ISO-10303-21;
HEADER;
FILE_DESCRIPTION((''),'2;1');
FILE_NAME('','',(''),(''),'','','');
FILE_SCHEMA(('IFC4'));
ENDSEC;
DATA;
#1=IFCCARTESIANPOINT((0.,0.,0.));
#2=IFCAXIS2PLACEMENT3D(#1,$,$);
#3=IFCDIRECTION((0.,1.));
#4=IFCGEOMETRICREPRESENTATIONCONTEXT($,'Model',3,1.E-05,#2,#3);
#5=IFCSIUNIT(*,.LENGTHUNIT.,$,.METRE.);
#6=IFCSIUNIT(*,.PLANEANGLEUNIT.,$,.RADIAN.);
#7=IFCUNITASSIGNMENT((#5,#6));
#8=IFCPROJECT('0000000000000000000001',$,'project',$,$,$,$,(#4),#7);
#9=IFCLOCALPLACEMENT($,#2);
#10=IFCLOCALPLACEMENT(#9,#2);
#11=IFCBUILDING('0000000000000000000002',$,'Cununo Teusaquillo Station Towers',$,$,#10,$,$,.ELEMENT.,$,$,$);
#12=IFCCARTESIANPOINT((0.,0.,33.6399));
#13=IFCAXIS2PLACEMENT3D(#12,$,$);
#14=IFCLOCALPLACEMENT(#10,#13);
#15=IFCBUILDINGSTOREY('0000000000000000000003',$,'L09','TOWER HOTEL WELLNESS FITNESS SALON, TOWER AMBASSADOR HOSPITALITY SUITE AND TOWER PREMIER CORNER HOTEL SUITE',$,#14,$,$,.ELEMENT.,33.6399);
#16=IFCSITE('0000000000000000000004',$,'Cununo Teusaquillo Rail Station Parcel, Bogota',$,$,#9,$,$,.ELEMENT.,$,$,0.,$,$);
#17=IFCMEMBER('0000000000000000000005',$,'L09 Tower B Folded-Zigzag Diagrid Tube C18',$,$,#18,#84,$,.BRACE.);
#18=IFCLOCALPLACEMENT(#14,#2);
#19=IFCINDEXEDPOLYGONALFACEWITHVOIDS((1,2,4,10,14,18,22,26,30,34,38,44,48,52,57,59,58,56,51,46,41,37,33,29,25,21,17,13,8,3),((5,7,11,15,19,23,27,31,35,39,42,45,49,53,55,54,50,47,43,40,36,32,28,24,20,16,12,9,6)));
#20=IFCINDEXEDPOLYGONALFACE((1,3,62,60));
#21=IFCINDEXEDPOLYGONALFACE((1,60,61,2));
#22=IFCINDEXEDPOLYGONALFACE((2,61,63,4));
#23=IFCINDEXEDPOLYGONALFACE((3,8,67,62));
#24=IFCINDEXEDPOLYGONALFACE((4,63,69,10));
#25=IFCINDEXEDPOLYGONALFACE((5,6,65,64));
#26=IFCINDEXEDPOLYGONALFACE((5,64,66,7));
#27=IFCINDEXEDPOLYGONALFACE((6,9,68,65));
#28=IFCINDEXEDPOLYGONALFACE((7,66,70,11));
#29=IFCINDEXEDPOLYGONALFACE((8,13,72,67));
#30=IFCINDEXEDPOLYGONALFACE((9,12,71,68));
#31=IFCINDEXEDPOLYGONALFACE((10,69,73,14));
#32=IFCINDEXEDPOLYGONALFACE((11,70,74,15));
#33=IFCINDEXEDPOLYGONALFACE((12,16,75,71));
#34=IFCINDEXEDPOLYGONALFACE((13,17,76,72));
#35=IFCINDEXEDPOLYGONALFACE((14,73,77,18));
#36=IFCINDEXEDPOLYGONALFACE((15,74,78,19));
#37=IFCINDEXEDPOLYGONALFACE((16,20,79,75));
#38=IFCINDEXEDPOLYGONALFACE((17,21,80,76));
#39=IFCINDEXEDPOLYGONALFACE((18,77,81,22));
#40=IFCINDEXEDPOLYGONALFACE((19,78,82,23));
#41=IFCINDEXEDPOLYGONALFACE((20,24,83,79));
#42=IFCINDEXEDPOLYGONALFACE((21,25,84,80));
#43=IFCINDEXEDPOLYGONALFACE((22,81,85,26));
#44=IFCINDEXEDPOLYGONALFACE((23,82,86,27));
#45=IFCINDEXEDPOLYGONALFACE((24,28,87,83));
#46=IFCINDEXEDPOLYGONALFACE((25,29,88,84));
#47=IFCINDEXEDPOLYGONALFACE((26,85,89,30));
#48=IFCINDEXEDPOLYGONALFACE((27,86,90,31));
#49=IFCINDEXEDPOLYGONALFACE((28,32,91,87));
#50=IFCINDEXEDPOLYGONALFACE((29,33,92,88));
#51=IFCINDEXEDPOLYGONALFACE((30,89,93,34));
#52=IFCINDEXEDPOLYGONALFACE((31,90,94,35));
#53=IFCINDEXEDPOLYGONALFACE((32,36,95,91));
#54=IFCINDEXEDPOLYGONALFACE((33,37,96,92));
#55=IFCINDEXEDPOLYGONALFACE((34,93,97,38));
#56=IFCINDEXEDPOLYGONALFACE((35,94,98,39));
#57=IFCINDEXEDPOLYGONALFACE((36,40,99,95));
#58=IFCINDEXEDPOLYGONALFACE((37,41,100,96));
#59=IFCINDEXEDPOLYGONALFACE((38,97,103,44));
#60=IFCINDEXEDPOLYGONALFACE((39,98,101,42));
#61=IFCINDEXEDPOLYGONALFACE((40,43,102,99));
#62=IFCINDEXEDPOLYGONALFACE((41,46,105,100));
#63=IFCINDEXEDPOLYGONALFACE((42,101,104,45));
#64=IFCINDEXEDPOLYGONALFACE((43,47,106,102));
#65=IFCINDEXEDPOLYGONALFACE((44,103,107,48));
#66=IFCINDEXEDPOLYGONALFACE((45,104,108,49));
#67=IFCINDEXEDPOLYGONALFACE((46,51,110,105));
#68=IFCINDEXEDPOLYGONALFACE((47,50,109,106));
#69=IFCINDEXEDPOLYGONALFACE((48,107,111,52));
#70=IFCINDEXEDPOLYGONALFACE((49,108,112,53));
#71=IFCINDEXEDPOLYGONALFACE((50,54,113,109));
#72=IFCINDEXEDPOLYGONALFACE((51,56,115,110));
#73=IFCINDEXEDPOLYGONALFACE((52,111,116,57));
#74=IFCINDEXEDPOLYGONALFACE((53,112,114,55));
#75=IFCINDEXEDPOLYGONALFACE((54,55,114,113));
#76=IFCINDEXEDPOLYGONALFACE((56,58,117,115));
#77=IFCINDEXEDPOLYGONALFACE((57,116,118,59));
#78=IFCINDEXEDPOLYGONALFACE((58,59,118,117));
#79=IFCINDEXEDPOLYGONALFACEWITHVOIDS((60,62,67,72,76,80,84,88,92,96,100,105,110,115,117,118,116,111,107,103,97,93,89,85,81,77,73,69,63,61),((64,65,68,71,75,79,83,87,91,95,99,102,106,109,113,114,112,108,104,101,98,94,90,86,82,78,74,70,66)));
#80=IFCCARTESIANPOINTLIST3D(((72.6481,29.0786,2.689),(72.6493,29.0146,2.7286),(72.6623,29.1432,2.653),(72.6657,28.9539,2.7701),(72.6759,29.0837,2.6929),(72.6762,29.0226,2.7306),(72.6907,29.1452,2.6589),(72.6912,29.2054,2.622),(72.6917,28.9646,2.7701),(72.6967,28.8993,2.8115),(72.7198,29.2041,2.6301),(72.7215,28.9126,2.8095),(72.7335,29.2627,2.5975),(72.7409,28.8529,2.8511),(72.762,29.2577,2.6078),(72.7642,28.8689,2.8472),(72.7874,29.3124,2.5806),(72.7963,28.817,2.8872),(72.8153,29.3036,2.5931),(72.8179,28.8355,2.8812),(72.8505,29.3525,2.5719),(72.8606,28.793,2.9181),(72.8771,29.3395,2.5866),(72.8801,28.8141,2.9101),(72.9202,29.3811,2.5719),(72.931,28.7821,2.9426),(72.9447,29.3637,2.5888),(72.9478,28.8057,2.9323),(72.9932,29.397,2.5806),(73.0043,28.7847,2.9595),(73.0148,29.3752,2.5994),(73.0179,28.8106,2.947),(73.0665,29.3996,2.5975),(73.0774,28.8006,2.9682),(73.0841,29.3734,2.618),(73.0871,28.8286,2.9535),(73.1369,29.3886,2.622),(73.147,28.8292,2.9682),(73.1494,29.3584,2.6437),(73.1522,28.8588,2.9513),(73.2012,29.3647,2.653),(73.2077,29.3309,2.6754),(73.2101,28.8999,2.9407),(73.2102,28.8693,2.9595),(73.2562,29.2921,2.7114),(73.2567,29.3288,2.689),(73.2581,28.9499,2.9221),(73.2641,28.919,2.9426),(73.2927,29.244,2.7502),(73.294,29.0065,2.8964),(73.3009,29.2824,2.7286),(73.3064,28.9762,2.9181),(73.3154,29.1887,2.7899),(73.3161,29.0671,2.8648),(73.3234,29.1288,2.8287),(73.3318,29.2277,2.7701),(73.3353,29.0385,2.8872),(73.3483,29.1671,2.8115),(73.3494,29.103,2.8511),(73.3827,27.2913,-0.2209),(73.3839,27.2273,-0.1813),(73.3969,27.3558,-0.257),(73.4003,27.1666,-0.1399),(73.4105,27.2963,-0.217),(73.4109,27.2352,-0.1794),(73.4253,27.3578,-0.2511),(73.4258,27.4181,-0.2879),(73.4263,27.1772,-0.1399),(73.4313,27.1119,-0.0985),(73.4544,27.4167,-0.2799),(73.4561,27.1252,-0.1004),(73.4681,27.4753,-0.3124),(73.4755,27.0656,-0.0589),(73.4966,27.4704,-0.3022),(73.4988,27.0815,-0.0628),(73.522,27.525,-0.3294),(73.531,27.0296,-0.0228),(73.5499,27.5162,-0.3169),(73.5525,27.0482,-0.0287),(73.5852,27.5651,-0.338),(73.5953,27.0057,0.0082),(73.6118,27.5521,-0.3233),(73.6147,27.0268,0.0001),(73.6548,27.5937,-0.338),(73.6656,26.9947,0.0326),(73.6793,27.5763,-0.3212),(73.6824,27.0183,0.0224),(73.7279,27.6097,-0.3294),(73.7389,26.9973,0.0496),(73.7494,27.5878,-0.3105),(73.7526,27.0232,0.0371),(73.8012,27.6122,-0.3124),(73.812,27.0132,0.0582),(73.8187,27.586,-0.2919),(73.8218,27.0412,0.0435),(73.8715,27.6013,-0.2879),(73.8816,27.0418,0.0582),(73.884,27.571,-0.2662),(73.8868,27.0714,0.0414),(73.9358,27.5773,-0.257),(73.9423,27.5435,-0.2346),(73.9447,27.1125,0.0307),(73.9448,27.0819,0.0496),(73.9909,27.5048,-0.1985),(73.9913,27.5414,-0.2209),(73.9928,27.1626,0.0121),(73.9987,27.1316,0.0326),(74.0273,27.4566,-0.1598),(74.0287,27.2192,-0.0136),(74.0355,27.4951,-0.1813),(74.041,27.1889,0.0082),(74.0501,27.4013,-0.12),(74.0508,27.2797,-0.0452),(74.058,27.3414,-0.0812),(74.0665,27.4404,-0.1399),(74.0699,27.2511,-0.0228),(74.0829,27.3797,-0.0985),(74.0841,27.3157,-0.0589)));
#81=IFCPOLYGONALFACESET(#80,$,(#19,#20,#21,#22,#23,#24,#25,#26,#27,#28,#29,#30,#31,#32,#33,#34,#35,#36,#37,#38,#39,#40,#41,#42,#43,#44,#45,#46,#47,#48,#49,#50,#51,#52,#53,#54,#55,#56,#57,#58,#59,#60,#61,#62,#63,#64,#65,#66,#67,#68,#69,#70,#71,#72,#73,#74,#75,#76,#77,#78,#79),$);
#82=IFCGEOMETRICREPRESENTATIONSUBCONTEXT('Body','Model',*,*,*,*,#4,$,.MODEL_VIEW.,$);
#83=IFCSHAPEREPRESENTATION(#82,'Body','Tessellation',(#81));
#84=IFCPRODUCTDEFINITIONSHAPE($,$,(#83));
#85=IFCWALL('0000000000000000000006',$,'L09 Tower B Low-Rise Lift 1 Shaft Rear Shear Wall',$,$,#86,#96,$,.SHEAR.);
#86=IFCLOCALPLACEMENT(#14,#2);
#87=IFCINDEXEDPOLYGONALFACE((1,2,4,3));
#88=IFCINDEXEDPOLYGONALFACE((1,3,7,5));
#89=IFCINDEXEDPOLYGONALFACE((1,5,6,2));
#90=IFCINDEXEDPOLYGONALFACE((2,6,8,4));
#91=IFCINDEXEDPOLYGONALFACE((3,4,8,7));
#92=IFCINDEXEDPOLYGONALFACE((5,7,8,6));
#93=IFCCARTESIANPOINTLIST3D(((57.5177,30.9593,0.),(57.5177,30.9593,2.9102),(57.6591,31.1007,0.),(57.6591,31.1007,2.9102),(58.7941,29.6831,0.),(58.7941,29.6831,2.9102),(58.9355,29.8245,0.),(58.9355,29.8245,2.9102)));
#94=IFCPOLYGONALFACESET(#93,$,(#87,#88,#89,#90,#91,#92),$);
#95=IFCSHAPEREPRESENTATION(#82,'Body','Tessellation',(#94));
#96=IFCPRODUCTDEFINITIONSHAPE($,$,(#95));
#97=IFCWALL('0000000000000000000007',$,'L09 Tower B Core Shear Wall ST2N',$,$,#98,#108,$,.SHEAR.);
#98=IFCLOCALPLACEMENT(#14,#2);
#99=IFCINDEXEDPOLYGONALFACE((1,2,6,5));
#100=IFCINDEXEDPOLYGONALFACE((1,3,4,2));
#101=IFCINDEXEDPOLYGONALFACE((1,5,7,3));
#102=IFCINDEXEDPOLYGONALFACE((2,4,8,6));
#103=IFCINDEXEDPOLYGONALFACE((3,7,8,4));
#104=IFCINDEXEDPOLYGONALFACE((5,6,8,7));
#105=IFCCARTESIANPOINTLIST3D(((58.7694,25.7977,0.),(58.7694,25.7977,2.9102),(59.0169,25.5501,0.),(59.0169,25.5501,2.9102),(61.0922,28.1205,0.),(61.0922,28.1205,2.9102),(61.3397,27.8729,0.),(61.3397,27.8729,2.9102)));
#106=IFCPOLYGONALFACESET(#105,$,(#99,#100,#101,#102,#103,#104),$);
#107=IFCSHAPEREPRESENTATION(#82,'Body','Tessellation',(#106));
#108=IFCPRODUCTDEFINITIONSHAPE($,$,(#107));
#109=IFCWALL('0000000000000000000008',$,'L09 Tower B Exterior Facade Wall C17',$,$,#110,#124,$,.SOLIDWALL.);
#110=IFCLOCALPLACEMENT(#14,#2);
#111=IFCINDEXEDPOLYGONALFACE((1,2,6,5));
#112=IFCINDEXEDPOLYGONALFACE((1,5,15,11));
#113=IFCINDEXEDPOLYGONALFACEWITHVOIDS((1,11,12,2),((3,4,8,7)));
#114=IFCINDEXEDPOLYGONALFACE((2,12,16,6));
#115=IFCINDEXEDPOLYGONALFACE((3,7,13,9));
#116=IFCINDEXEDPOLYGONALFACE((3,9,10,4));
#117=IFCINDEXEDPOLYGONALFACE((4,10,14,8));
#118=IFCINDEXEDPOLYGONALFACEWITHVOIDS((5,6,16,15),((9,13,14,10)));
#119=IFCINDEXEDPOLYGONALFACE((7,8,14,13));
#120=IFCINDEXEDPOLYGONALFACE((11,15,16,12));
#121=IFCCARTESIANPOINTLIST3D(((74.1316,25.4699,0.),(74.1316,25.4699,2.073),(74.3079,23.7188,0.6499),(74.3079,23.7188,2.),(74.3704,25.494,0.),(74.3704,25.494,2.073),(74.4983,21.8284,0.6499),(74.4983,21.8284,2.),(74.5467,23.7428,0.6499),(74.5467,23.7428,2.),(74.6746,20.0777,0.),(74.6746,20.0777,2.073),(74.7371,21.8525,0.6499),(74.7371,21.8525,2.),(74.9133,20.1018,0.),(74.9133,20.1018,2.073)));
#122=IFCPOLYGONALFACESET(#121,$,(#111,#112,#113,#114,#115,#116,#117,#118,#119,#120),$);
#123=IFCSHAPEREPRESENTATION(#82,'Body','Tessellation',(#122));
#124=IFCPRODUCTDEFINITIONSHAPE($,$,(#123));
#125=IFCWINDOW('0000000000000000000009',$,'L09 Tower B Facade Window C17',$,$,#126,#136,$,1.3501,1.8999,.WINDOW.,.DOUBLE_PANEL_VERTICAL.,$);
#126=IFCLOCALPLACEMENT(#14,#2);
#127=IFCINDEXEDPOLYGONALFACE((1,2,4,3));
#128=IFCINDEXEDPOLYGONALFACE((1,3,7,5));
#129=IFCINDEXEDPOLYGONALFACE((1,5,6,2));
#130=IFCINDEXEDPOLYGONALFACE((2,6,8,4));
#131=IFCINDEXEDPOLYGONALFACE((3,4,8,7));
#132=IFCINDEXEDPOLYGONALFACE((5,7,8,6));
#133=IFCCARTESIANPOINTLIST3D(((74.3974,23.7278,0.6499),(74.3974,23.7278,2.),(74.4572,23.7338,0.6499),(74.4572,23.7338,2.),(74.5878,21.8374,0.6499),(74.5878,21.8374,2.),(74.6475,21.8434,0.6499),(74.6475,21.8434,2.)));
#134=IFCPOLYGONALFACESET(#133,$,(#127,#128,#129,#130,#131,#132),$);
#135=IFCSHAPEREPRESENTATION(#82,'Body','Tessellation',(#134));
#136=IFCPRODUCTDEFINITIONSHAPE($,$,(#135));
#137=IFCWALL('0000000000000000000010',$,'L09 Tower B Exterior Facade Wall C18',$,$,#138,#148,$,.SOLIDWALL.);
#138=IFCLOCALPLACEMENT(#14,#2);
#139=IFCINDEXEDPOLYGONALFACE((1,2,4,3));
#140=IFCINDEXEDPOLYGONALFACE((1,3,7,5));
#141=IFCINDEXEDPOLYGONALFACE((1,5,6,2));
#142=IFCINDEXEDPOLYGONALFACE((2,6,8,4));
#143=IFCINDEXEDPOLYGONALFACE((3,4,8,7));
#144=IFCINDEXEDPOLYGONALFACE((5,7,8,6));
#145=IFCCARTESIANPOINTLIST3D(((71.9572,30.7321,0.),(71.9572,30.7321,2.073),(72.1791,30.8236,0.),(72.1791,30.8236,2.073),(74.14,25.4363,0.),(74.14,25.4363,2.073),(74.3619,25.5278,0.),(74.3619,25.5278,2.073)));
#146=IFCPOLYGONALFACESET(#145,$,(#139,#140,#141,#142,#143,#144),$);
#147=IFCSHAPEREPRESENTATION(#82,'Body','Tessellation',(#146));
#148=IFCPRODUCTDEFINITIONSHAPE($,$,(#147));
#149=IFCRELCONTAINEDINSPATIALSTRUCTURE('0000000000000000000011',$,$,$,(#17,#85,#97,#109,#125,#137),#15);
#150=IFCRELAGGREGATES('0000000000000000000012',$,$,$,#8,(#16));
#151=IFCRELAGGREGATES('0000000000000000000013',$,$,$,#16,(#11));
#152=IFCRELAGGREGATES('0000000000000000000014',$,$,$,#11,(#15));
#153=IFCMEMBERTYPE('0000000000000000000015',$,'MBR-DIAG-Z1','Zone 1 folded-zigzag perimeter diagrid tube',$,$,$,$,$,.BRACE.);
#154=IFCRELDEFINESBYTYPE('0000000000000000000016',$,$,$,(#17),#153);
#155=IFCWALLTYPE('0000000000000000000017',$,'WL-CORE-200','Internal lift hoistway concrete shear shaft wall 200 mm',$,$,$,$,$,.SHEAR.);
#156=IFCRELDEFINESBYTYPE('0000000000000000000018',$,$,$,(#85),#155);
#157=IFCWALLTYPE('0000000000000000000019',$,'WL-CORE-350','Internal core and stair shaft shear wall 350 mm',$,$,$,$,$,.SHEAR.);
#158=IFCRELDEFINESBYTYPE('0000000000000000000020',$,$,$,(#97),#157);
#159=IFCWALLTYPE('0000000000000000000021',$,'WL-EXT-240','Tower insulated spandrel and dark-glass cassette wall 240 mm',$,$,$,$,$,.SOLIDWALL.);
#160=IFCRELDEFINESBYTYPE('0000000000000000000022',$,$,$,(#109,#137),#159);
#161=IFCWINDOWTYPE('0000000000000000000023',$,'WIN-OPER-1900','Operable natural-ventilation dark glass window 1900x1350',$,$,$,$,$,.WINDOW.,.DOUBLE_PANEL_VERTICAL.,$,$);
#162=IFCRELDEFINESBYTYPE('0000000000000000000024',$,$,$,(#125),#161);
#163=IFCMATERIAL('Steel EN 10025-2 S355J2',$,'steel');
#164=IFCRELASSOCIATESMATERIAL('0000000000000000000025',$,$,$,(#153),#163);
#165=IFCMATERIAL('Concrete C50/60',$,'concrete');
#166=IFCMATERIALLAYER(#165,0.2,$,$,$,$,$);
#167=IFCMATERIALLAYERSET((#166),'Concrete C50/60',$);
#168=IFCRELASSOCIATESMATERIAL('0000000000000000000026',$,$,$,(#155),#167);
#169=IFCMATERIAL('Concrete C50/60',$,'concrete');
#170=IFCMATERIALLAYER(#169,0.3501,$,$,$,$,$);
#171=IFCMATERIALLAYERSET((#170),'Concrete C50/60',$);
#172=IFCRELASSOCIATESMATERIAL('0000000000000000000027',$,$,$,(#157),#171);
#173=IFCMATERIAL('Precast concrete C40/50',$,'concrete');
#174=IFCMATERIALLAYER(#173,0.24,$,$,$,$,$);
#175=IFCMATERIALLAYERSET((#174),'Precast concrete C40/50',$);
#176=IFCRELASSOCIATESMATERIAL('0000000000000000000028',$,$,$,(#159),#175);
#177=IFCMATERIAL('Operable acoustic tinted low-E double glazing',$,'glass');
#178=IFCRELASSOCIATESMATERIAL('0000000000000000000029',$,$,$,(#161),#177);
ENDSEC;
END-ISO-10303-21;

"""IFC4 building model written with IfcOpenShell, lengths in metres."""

from ifc_helpers import new_model, si_unit, direction, frame, frame_2d, origin, origin_2d, place, context, subcontext, project, spatial, rectangle, hollow_circle, extrude, source, transform, mapped, material, layer, layer_set, material_profile, profile_set, type_object, element, fill, save


model = new_model("IFC4")

# Units and contexts
model_context = context("Model", 3, precision=1e-05, world=origin(), true_north=direction((0.0, 1.0)))
body_context = subcontext(model_context, "Body", "Model", "MODEL_VIEW")
ifc_project = project(units=[si_unit("LENGTHUNIT", "METRE"), si_unit("PLANEANGLEUNIT", "RADIAN")], contexts=[model_context])

# Site, building, storey
site_placement = place(None, origin())
site = spatial("IfcSite", under=ifc_project, at=site_placement, Name="Cununo Teusaquillo Rail Station Parcel, Bogota", CompositionType="ELEMENT", RefElevation=0.0)
building_placement = place(site_placement, origin())
building = spatial("IfcBuilding", under=site, at=building_placement, Name="Cununo Teusaquillo Station Towers", CompositionType="ELEMENT")
storey_placement = place(building_placement, frame((0.0, 0.0, 33.6399)))
storey = spatial("IfcBuildingStorey", under=building, at=storey_placement, Name="L09", Description="TOWER HOTEL WELLNESS FITNESS SALON, TOWER AMBASSADOR HOSPITALITY SUITE AND TOWER PREMIER CORNER HOTEL SUITE", CompositionType="ELEMENT", Elevation=33.6399)

# Member
ifc_material_1 = material(Name="Steel EN 10025-2 S355J2", Category="steel")
ifc_material_profile_1 = material_profile(ifc_material_1, hollow_circle(Radius=0.3601, WallThickness=0.0281, at=origin_2d()), Name="CHS 720x28")
ifc_profile_set_1 = profile_set([ifc_material_profile_1], Name="Steel EN 10025-2 S355J2")
member_type = type_object("IfcMemberType", Name="MBR-DIAG-Z1", Description="Zone 1 folded-zigzag perimeter diagrid tube", PredefinedType="BRACE", material=ifc_profile_set_1)
member_placement = place(storey_placement, frame((73.7334, 27.3035, -0.1399), z_axis=(-0.210305, 0.511678, 0.833041), x_axis=(-0.924924, -0.380152, 0.0)))
element("IfcMember", 1, at=member_placement, inside=storey, type_object=member_type, Name="L09 Tower B Folded-Zigzag Diagrid Tube C18", PredefinedType="BRACE", context=body_context, shape_type="SweptSolid", body=[
    extrude(hollow_circle(Radius=0.3601, WallThickness=0.0281, at=origin_2d()), origin(), (0.0, 0.0, 1.0), 3.4932),
])

# Walls
ifc_material_2 = material(Name="Concrete C50/60", Category="concrete")
ifc_layer_1 = layer(ifc_material_2, 0.2)
ifc_layer_set_1 = layer_set([ifc_layer_1], Name="Concrete C50/60")
wall_type_1 = type_object("IfcWallType", Name="WL-CORE-200", Description="Internal lift hoistway concrete shear shaft wall 200 mm", PredefinedType="SHEAR", material=ifc_layer_set_1)
wall_1_placement = place(storey_placement, frame((58.8647, 29.7539, 0.0), z_axis=(0.0, 0.0, 1.0), x_axis=(-0.707174, 0.707039, 0.0)))
element("IfcWall", 2, at=wall_1_placement, inside=storey, type_object=wall_type_1, Name="L09 Tower B Low-Rise Lift 1 Shaft Rear Shear Wall", PredefinedType="SHEAR", context=body_context, shape_type="SweptSolid", body=[
    extrude(rectangle(XDim=1.8049, YDim=0.2, at=frame_2d((0.9023, 0.0))), origin(), (0.0, 0.0, 1.0), 2.9102),
])
ifc_material_3 = material(Name="Concrete C50/60", Category="concrete")
ifc_layer_2 = layer(ifc_material_3, 0.3501)
ifc_layer_set_2 = layer_set([ifc_layer_2], Name="Concrete C50/60")
wall_type_2 = type_object("IfcWallType", Name="WL-CORE-350", Description="Internal core and stair shaft shear wall 350 mm", PredefinedType="SHEAR", material=ifc_layer_set_2)
wall_2_placement = place(storey_placement, frame((58.8931, 25.6738, 0.0), z_axis=(0.0, 0.0, 1.0), x_axis=(0.707107, 0.707107, 0.0)))
element("IfcWall", 3, at=wall_2_placement, inside=storey, type_object=wall_type_2, Name="L09 Tower B Core Shear Wall ST2N", PredefinedType="SHEAR", context=body_context, shape_type="SweptSolid", body=[
    extrude(rectangle(XDim=3.2849, YDim=0.3501, at=frame_2d((1.6426, 0.0))), origin(), (0.0, 0.0, 1.0), 2.9102),
])

# Wall, opening, window
ifc_material_4 = material(Name="Precast concrete C40/50", Category="concrete")
ifc_layer_3 = layer(ifc_material_4, 0.24)
ifc_layer_set_3 = layer_set([ifc_layer_3], Name="Precast concrete C40/50")
wall_type_3 = type_object("IfcWallType", Name="WL-EXT-240", Description="Tower insulated spandrel and dark-glass cassette wall 240 mm", PredefinedType="SOLIDWALL", material=ifc_layer_set_3)
wall_3_placement = place(storey_placement, frame((74.251, 25.4819, 0.0), z_axis=(0.0, 0.0, 1.0), x_axis=(0.100191, -0.994968, 0.0)))
wall_3 = element("IfcWall", 4, at=wall_3_placement, inside=storey, type_object=wall_type_3, Name="L09 Tower B Exterior Facade Wall C17", PredefinedType="SOLIDWALL", context=body_context, shape_type="SweptSolid", body=[
    extrude(rectangle(XDim=5.4194, YDim=0.24, at=frame_2d((2.7097, 0.0))), origin(), (0.0, 0.0, 1.0), 2.073),
])
shared_shape_1 = source(origin(), body_context, "Body", "SweptSolid", [
    extrude(rectangle(XDim=1.8999, YDim=1.3501, at=frame_2d((0.95, 0.675))), frame((0.0, 0.1299, 0.0), z_axis=(0.0, -1.0, 0.0), x_axis=(1.0, 0.0, 0.0)), (0.0, 0.0, 1.0), 0.26),
])
opening_1_placement = place(wall_3_placement, frame((1.76, 0.0, 0.6499)))
opening_1 = element("IfcOpeningElement", 5, at=opening_1_placement, cuts=wall_3, PredefinedType="OPENING", context=body_context, shape_type="MappedRepresentation", body=[
    mapped(shared_shape_1, transform((0.0, 0.0, 0.0), x_axis=(1.0, 0.0, 0.0), y_axis=(0.0, 1.0, 0.0), z_axis=(0.0, 0.0, 1.0), scale=1.0)),
])
ifc_material_5 = material(Name="Operable acoustic tinted low-E double glazing", Category="glass")
window_type = type_object("IfcWindowType", Name="WIN-OPER-1900", Description="Operable natural-ventilation dark glass window 1900x1350", PartitioningType="DOUBLE_PANEL_VERTICAL", PredefinedType="WINDOW", material=ifc_material_5)
shared_shape_2 = source(origin(), body_context, "Body", "SweptSolid", [
    extrude(rectangle(XDim=1.8999, YDim=1.3501, at=frame_2d((0.95, 0.675))), frame((0.0, 0.03, 0.0), z_axis=(0.0, -1.0, 0.0), x_axis=(1.0, 0.0, 0.0)), (0.0, 0.0, 1.0), 0.0601),
])
window_placement = place(opening_1_placement, origin())
window = element("IfcWindow", 6, at=window_placement, inside=storey, type_object=window_type, Name="L09 Tower B Facade Window C17", OverallHeight=1.3501, OverallWidth=1.8999, PartitioningType="DOUBLE_PANEL_VERTICAL", PredefinedType="WINDOW", context=body_context, shape_type="MappedRepresentation", body=[
    mapped(shared_shape_2, transform((0.0, 0.0, 0.0), x_axis=(1.0, 0.0, 0.0), y_axis=(0.0, 1.0, 0.0), z_axis=(0.0, 0.0, 1.0), scale=1.0)),
])
fill(opening_1, window)

# Wall
wall_4_placement = place(storey_placement, frame((72.0681, 30.7778, 0.0), z_axis=(0.0, 0.0, 1.0), x_axis=(0.381078, -0.924543, 0.0)))
element("IfcWall", 7, at=wall_4_placement, inside=storey, type_object=wall_type_3, Name="L09 Tower B Exterior Facade Wall C18", PredefinedType="SOLIDWALL", context=body_context, shape_type="SweptSolid", body=[
    extrude(rectangle(XDim=5.728, YDim=0.24, at=frame_2d((2.864, 0.0))), origin(), (0.0, 0.0, 1.0), 2.073),
])

save(model, "model.ifc")
